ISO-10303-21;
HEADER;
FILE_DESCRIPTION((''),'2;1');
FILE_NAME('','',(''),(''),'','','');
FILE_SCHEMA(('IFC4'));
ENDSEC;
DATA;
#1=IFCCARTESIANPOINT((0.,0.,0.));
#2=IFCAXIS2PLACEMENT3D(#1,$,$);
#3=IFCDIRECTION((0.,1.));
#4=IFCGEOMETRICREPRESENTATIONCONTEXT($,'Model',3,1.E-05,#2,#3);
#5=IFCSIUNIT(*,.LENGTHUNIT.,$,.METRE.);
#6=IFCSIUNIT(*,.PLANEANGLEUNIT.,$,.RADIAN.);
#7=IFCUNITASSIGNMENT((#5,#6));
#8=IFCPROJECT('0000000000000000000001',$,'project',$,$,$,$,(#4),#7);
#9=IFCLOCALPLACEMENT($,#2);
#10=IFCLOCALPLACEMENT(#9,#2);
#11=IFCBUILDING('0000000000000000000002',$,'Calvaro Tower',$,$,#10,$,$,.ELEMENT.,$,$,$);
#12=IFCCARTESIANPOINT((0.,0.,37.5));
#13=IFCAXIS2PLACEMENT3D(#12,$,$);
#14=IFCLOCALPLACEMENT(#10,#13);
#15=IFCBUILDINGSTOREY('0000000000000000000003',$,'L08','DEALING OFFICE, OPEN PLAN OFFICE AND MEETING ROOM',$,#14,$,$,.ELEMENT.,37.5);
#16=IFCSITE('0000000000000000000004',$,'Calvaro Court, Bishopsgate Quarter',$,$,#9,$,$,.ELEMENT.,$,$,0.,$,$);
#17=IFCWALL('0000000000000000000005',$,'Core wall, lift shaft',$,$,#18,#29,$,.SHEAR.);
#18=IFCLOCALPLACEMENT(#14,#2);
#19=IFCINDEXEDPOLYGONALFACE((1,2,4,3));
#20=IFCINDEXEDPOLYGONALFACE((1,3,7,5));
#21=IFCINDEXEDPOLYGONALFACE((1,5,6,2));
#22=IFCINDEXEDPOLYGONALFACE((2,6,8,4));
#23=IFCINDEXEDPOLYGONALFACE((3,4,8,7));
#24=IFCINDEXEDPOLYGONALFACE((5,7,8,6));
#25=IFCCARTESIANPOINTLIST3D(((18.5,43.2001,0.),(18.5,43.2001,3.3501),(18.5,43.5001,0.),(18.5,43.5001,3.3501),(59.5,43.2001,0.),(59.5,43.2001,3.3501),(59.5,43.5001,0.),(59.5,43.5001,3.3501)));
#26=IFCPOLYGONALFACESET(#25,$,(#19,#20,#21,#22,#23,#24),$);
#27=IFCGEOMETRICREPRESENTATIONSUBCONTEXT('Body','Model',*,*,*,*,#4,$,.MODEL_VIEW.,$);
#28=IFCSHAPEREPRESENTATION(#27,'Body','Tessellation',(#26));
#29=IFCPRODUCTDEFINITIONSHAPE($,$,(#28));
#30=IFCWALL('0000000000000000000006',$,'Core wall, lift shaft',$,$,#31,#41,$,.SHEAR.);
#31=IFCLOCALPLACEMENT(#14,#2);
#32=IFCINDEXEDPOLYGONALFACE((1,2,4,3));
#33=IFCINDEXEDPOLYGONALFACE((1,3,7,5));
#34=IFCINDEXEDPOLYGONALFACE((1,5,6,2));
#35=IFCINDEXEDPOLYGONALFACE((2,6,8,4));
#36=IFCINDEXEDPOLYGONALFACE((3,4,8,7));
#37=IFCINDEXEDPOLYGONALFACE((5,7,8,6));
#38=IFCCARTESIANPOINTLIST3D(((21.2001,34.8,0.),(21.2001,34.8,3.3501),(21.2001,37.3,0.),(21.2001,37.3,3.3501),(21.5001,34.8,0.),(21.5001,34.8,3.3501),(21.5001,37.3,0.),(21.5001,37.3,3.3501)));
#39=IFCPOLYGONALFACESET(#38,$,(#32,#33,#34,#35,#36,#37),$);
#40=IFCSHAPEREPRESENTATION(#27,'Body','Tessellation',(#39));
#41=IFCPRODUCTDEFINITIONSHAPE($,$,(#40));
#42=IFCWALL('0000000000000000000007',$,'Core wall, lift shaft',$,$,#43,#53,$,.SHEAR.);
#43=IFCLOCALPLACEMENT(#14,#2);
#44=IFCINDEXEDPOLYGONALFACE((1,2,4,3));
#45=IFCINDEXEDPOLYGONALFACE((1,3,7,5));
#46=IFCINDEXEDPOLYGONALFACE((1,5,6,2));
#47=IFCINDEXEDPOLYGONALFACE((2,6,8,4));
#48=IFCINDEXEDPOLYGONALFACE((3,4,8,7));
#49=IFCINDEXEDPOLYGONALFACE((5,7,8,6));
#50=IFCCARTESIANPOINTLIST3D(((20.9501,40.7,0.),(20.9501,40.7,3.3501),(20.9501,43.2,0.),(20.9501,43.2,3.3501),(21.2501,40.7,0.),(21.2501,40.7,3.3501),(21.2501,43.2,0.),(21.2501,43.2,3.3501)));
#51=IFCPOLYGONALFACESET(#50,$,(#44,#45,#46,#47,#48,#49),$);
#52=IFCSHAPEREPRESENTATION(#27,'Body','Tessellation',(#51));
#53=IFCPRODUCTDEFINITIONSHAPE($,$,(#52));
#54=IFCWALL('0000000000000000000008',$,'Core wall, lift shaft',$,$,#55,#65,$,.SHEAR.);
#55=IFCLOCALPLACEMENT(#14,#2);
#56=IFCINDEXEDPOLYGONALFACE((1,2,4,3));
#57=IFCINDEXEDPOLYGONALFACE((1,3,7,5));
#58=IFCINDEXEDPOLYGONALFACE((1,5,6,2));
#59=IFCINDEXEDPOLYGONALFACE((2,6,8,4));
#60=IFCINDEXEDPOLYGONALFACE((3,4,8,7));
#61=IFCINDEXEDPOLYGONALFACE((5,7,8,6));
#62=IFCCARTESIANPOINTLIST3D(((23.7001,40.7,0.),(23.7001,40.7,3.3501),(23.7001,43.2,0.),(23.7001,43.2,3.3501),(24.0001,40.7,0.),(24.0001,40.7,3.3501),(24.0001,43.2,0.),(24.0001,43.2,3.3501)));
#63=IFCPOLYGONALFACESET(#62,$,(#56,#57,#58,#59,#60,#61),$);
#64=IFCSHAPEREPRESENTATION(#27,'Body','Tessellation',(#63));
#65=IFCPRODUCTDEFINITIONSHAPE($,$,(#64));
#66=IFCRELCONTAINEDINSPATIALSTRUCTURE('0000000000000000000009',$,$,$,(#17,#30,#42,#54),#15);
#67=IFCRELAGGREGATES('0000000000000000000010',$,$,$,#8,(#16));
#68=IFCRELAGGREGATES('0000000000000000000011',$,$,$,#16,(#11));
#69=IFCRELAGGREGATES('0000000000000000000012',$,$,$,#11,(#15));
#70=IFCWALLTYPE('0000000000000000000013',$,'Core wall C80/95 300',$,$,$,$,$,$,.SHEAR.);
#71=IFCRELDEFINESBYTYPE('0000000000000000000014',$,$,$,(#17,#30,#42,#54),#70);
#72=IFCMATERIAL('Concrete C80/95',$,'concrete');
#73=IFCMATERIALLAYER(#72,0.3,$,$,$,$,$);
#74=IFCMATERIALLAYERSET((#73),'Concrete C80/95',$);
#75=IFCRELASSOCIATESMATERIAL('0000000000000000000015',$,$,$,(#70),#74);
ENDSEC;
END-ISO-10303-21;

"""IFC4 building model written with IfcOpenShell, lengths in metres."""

from ifc_helpers import new_model, si_unit, direction, frame, frame_2d, origin, place, context, subcontext, project, spatial, rectangle, extrude, material, layer, layer_set, type_object, element, save


model = new_model("IFC4")

# Units and contexts
model_context = context("Model", 3, precision=1e-05, world=origin(), true_north=direction((0.0, 1.0)))
body_context = subcontext(model_context, "Body", "Model", "MODEL_VIEW")
ifc_project = project(units=[si_unit("LENGTHUNIT", "METRE"), si_unit("PLANEANGLEUNIT", "RADIAN")], contexts=[model_context])

# Site, building, storey
site_placement = place(None, origin())
site = spatial("IfcSite", under=ifc_project, at=site_placement, Name="Calvaro Court, Bishopsgate Quarter", CompositionType="ELEMENT", RefElevation=0.0)
building_placement = place(site_placement, origin())
building = spatial("IfcBuilding", under=site, at=building_placement, Name="Calvaro Tower", CompositionType="ELEMENT")
storey_placement = place(building_placement, frame((0.0, 0.0, 37.5)))
storey = spatial("IfcBuildingStorey", under=building, at=storey_placement, Name="L08", Description="DEALING OFFICE, OPEN PLAN OFFICE AND MEETING ROOM", CompositionType="ELEMENT", Elevation=37.5)

# Shared definitions
ifc_material_1 = material(Name="Concrete C80/95", Category="concrete")
ifc_layer_1 = layer(ifc_material_1, 0.3)
ifc_layer_set_1 = layer_set([ifc_layer_1], Name="Concrete C80/95")
wall_type_1 = type_object("IfcWallType", Name="Core wall C80/95 300", PredefinedType="SHEAR", material=ifc_layer_set_1)

# Walls
wall_1_placement = place(storey_placement, frame((18.5, 43.3501, 0.0), z_axis=(0.0, 0.0, 1.0), x_axis=(1.0, 0.0, 0.0)))
element("IfcWall", 1, at=wall_1_placement, inside=storey, type_object=wall_type_1, Name="Core wall, lift shaft", PredefinedType="SHEAR", context=body_context, shape_type="SweptSolid", body=[
    extrude(rectangle(XDim=41.0, YDim=0.3, at=frame_2d((20.5, 0.0))), origin(), (0.0, 0.0, 1.0), 3.3501),
])
for number, where, z_axis, x_axis, name in (
    (2, (21.3501, 34.8, 0.0), (0.0, 0.0, 1.0), (0.0, 1.0, 0.0), "Core wall, lift shaft"),
    (3, (21.1001, 40.7, 0.0), (0.0, 0.0, 1.0), (0.0, 1.0, 0.0), "Core wall, lift shaft"),
    (4, (23.8501, 40.7, 0.0), (0.0, 0.0, 1.0), (0.0, 1.0, 0.0), "Core wall, lift shaft"),
):
    element("IfcWall", number, at=place(storey_placement, frame(where, z_axis=z_axis, x_axis=x_axis)), inside=storey, type_object=wall_type_1, Name=name, PredefinedType="SHEAR", context=body_context, shape_type="SweptSolid", body=[
        extrude(rectangle(XDim=2.5, YDim=0.3, at=frame_2d((1.25, 0.0))), origin(), (0.0, 0.0, 1.0), 3.3501),
    ])

save(model, "model.ifc")
